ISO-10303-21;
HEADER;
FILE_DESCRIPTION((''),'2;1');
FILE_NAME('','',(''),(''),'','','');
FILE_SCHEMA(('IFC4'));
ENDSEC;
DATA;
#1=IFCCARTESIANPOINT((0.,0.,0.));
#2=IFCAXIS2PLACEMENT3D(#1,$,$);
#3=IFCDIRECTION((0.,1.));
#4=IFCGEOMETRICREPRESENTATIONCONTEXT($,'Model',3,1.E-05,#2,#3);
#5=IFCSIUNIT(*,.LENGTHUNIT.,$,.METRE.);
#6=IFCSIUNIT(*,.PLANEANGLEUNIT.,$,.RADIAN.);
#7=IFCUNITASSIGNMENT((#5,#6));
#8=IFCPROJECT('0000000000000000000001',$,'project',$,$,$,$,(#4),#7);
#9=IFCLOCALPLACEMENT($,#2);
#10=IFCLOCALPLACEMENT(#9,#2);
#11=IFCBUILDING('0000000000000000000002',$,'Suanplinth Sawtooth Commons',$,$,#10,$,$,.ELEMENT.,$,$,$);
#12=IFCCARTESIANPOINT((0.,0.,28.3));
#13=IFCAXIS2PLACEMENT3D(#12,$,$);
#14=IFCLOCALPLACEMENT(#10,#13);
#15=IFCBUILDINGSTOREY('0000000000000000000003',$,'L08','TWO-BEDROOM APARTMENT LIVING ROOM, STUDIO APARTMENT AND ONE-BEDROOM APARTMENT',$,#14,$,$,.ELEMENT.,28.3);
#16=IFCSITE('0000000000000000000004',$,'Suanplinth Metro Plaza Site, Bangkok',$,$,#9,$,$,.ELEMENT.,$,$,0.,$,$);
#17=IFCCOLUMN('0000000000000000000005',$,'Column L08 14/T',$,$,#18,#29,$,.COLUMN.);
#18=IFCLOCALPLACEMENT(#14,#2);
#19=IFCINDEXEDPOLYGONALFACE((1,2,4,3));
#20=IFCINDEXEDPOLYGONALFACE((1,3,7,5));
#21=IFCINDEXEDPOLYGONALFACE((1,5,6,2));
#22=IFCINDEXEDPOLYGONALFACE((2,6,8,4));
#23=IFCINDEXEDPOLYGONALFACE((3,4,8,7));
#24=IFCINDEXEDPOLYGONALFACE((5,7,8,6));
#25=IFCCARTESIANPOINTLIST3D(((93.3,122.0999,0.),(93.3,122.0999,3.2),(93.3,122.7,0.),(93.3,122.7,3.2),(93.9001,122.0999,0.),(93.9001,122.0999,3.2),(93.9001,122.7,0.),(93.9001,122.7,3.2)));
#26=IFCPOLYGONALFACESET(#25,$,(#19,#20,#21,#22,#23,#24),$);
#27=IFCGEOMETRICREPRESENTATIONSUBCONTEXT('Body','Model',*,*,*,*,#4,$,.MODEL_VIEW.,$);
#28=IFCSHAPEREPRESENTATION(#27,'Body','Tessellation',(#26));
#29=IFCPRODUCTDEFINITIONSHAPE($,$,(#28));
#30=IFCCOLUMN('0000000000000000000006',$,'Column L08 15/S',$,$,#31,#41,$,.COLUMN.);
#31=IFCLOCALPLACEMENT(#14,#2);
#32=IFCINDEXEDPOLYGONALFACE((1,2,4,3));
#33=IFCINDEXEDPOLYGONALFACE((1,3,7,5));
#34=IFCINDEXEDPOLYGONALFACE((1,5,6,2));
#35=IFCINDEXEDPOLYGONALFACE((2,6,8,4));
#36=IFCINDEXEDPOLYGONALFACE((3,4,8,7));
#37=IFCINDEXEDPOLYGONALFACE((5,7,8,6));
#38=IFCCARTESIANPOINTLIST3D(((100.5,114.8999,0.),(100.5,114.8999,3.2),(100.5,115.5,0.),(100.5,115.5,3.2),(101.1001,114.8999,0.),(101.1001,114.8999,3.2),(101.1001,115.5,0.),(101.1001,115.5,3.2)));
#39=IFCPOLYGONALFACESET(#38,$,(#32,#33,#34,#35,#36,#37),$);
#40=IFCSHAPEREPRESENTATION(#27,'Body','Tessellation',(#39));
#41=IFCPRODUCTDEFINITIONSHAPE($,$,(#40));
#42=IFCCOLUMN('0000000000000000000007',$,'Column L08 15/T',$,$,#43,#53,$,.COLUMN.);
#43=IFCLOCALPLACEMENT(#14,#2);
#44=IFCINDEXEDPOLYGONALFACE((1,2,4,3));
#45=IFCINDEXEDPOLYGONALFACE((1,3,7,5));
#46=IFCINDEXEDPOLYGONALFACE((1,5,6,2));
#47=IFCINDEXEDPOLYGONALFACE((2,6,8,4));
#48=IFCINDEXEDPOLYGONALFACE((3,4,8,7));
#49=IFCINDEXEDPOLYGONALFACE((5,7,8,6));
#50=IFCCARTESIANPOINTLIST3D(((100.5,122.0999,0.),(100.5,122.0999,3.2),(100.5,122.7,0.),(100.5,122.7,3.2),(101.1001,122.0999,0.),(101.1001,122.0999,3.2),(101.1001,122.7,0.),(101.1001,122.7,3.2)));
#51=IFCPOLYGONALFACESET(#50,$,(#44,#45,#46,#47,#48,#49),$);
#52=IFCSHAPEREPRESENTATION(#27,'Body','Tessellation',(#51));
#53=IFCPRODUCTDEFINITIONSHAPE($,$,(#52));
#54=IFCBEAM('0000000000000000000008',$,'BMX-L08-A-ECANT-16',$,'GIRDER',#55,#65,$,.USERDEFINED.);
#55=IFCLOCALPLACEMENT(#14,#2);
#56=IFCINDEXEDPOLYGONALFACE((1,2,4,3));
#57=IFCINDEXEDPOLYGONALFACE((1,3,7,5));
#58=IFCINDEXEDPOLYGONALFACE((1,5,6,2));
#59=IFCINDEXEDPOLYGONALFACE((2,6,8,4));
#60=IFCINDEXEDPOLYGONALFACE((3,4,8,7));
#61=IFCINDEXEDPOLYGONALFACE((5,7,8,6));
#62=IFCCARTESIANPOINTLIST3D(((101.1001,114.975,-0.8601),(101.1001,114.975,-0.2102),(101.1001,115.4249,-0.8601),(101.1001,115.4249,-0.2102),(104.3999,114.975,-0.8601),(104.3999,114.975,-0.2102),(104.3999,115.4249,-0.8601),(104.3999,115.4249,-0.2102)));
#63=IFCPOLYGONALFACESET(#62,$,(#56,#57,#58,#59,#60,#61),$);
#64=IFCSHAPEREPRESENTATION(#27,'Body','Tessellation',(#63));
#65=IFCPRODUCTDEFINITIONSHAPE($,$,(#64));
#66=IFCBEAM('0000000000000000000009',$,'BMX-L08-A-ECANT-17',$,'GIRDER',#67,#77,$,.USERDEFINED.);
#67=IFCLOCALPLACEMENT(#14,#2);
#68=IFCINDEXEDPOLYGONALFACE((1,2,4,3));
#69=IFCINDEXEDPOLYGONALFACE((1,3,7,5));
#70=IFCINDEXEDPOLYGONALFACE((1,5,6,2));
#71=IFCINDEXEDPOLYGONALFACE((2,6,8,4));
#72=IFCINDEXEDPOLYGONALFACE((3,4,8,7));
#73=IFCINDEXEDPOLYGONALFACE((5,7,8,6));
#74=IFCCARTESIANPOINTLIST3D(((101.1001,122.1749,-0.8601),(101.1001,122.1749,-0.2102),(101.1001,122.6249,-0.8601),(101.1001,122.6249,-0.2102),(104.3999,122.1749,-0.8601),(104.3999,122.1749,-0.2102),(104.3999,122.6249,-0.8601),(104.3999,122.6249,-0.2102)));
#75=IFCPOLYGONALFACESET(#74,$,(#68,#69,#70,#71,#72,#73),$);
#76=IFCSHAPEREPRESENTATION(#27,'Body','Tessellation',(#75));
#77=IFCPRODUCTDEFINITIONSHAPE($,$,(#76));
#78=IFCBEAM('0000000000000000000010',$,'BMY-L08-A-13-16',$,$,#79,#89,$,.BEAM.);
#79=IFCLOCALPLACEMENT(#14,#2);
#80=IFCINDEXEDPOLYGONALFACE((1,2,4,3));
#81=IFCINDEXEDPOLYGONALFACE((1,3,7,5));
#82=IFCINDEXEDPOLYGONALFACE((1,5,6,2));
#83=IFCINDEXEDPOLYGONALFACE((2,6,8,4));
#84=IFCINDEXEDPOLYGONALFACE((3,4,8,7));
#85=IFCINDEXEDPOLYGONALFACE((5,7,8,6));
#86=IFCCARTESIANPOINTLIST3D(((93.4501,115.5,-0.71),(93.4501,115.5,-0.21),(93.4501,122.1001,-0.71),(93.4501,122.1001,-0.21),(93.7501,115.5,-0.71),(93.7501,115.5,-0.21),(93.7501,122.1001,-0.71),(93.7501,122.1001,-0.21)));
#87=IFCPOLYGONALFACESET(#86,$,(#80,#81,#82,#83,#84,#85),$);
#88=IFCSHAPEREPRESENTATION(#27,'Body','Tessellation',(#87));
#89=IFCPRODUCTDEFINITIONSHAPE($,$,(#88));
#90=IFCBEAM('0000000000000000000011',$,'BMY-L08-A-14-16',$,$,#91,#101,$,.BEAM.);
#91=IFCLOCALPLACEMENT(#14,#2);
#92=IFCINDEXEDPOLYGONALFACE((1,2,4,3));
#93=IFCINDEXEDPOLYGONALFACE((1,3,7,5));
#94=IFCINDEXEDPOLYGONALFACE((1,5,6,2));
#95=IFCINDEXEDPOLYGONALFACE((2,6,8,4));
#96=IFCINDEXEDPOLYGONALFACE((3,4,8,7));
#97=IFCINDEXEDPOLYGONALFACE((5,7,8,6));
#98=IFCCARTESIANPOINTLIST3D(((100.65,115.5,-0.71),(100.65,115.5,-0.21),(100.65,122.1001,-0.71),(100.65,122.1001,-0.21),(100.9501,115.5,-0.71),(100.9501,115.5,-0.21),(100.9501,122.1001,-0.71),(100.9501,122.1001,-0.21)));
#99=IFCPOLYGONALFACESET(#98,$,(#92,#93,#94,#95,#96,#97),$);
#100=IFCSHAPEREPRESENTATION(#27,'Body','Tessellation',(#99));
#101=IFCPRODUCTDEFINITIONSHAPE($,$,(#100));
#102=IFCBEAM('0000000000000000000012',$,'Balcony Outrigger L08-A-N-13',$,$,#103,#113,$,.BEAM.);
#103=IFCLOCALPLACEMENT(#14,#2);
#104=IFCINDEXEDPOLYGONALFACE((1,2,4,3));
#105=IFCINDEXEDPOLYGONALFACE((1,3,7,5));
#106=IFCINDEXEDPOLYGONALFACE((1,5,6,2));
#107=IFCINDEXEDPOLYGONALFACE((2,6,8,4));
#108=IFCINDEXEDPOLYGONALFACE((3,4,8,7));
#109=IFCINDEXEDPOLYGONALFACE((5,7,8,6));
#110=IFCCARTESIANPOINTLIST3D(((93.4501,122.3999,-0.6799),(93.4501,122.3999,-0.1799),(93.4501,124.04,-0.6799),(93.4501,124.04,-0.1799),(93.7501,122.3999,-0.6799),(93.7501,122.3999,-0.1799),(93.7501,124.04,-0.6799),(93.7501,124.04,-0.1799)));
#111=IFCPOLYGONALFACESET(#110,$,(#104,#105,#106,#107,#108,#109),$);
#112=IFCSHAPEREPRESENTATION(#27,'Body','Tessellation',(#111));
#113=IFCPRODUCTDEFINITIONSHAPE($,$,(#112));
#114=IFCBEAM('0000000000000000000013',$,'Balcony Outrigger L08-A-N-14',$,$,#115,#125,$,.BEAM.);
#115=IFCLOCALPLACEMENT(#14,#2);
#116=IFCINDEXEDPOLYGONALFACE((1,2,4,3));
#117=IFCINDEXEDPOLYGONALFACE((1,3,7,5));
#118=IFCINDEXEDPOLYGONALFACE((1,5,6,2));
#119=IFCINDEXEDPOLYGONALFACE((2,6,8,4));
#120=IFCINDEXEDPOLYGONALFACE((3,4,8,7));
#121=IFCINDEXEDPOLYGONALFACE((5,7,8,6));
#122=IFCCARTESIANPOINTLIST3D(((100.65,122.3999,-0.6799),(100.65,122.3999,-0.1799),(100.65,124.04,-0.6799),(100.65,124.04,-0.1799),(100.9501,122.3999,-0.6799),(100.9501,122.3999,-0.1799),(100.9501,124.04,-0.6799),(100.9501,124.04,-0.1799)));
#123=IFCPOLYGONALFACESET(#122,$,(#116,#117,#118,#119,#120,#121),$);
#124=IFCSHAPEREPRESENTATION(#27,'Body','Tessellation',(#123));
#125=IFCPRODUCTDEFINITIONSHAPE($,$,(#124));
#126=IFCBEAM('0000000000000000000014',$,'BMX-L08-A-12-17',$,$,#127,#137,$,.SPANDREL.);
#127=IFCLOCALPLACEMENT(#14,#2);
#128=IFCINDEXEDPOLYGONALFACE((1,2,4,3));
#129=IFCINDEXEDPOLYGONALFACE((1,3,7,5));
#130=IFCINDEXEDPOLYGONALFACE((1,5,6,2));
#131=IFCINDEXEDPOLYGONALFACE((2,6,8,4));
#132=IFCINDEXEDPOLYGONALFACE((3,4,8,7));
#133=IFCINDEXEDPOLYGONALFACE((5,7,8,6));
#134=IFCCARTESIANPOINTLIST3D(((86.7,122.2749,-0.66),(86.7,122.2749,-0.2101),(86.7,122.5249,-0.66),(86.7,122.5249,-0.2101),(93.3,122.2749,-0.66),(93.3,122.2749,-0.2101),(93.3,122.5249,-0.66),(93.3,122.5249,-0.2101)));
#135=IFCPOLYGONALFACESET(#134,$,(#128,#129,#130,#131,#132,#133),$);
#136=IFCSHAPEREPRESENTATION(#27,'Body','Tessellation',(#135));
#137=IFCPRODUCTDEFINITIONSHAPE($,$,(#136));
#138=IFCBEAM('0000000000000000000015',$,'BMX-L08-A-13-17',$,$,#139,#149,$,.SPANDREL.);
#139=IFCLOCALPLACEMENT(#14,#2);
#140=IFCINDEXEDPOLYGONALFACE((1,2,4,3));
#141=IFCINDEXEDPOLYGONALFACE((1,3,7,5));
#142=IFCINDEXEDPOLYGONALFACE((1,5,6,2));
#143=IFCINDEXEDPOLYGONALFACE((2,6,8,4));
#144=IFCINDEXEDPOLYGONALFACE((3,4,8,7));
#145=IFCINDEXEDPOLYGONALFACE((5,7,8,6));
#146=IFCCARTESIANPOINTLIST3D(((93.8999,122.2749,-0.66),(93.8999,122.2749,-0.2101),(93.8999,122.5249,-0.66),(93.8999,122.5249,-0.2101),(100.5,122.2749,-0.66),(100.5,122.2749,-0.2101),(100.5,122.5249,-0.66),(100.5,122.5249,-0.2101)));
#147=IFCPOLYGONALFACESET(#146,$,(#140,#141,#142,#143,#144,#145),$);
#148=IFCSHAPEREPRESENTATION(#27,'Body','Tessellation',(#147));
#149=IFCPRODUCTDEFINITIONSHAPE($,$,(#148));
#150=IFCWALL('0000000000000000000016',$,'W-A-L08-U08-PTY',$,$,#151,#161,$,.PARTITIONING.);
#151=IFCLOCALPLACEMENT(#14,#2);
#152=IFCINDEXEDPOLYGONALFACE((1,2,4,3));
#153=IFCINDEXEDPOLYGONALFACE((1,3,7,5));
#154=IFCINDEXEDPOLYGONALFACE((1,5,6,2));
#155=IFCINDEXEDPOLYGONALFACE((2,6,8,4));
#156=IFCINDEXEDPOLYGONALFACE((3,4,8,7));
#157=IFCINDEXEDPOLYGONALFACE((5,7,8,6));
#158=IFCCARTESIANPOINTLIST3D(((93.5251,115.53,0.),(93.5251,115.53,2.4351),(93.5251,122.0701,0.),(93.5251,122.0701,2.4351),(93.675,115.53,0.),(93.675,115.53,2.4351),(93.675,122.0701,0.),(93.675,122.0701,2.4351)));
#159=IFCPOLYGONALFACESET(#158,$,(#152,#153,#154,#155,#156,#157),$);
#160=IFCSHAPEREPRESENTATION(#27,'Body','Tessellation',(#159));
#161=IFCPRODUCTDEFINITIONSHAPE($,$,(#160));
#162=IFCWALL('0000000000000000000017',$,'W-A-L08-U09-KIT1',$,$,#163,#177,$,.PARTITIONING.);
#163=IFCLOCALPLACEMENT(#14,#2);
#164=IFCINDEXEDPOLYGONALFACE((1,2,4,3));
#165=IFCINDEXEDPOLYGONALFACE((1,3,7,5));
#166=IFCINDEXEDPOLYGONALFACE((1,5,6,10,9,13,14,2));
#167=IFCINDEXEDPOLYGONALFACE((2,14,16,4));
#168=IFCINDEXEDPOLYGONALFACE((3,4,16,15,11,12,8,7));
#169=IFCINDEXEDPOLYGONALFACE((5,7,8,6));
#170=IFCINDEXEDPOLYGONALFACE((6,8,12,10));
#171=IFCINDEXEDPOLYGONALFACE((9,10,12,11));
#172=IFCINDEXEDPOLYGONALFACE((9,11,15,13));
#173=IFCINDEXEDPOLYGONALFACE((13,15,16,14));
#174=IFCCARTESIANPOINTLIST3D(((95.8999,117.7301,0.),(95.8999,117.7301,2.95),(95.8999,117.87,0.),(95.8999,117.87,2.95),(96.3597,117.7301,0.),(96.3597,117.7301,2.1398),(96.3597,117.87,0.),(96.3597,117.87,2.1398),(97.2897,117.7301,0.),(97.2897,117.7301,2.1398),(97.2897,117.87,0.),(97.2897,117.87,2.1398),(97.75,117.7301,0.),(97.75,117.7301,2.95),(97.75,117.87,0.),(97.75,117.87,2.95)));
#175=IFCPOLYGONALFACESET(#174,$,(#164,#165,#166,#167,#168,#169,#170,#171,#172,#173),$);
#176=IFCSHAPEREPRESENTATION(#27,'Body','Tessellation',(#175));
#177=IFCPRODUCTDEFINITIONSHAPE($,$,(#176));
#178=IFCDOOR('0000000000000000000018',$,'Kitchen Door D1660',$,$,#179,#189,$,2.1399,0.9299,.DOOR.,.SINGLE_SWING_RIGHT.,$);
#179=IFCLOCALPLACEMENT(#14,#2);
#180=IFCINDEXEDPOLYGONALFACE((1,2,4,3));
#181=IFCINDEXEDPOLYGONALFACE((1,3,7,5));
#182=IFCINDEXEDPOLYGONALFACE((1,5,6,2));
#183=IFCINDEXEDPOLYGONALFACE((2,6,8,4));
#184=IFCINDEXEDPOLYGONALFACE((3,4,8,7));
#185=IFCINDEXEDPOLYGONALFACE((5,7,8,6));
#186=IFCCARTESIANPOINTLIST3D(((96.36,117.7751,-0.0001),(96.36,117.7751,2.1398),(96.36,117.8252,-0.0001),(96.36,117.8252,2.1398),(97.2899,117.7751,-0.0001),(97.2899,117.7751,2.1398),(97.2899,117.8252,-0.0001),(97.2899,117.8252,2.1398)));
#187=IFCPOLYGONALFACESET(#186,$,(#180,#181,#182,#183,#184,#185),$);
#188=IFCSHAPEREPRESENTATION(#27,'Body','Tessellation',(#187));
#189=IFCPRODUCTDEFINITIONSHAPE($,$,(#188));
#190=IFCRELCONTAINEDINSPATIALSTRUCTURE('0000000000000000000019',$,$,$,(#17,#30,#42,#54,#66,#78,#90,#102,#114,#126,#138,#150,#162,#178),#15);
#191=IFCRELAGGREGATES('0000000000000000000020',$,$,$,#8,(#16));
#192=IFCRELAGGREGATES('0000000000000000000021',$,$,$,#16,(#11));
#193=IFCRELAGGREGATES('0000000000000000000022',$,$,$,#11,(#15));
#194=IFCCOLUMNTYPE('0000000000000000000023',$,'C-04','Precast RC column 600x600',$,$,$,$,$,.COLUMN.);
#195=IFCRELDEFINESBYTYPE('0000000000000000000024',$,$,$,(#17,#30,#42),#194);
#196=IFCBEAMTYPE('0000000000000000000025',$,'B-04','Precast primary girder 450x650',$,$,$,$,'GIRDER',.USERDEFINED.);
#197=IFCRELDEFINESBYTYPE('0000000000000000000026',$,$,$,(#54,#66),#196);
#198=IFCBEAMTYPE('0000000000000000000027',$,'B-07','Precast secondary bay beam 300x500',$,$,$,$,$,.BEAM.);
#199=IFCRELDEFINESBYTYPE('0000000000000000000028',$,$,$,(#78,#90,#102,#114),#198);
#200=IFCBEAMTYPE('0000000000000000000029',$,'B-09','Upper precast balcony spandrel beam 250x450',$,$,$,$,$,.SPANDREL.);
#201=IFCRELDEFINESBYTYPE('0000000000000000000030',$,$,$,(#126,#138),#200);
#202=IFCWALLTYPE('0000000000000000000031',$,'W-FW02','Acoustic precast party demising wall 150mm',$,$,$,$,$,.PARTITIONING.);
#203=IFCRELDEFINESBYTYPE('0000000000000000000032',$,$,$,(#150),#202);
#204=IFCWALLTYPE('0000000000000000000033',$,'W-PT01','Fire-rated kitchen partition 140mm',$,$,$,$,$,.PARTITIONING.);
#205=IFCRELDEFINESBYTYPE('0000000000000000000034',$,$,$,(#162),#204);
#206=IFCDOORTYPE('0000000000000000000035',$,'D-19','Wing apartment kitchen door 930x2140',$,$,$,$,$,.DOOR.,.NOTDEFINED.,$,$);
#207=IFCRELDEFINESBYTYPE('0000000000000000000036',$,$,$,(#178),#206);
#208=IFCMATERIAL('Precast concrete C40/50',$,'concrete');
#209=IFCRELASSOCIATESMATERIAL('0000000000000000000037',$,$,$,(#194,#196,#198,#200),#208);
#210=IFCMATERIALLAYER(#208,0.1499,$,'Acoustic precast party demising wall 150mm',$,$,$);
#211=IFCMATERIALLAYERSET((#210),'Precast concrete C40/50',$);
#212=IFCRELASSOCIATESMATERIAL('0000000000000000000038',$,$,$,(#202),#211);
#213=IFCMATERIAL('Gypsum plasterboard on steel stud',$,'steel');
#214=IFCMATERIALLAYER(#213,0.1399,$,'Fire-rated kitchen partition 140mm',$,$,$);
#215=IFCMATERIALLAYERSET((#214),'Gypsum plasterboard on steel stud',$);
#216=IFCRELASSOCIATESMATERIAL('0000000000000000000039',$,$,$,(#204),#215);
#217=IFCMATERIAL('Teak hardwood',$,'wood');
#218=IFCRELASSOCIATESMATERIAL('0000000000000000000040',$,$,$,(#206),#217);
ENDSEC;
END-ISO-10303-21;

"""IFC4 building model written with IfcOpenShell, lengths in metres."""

from ifc_helpers import new_model, si_unit, direction, frame, frame_2d, origin, origin_2d, place, context, subcontext, project, spatial, rectangle, extrude, material, layer, layer_set, material_profile, profile_set, type_object, element, fill, save


model = new_model("IFC4")

# Units and contexts
model_context = context("Model", 3, precision=1e-05, world=origin(), true_north=direction((0.0, 1.0)))
body_context = subcontext(model_context, "Body", "Model", "MODEL_VIEW")
ifc_project = project(units=[si_unit("LENGTHUNIT", "METRE"), si_unit("PLANEANGLEUNIT", "RADIAN")], contexts=[model_context])

# Site, building, storey
site_placement = place(None, origin())
site = spatial("IfcSite", under=ifc_project, at=site_placement, Name="Suanplinth Metro Plaza Site, Bangkok", CompositionType="ELEMENT", RefElevation=0.0)
building_placement = place(site_placement, origin())
building = spatial("IfcBuilding", under=site, at=building_placement, Name="Suanplinth Sawtooth Commons", CompositionType="ELEMENT")
storey_placement = place(building_placement, frame((0.0, 0.0, 28.3)))
storey = spatial("IfcBuildingStorey", under=building, at=storey_placement, Name="L08", Description="TWO-BEDROOM APARTMENT LIVING ROOM, STUDIO APARTMENT AND ONE-BEDROOM APARTMENT", CompositionType="ELEMENT", Elevation=28.3)

# Columns
ifc_material_1 = material(Name="Precast concrete C40/50", Category="concrete")
ifc_material_profile_1 = material_profile(ifc_material_1, rectangle(XDim=0.6001, YDim=0.6001, at=origin_2d()), Name="PC-COL 600x600")
ifc_profile_set_1 = profile_set([ifc_material_profile_1], Name="Precast concrete C40/50")
column_type = type_object("IfcColumnType", Name="C-04", Description="Precast RC column 600x600", PredefinedType="COLUMN", material=ifc_profile_set_1)
for number, where, z_axis, x_axis, name in (
    (1, (93.6001, 122.3999, 0.0), (0.0, 0.0, 1.0), (1.0, 0.0, 0.0), "Column L08 14/T"),
    (2, (100.8, 115.2, 0.0), (0.0, 0.0, 1.0), (1.0, 0.0, 0.0), "Column L08 15/S"),
    (3, (100.8, 122.3999, 0.0), (0.0, 0.0, 1.0), (1.0, 0.0, 0.0), "Column L08 15/T"),
):
    element("IfcColumn", number, at=place(storey_placement, frame(where, z_axis=z_axis, x_axis=x_axis)), inside=storey, type_object=column_type, Name=name, PredefinedType="COLUMN", context=body_context, shape_type="SweptSolid", body=[
        extrude(rectangle(XDim=0.6001, YDim=0.6001, at=origin_2d()), origin(), (0.0, 0.0, 1.0), 3.2),
    ])

# Beams
ifc_material_profile_2 = material_profile(ifc_material_1, rectangle(XDim=0.45, YDim=0.6499, at=origin_2d()), Name="PC-GDR 450x650")
ifc_profile_set_2 = profile_set([ifc_material_profile_2], Name="Precast concrete C40/50")
beam_type_1 = type_object("IfcBeamType", Name="B-04", Description="Precast primary girder 450x650", ElementType="GIRDER", PredefinedType="USERDEFINED", material=ifc_profile_set_2)
for number, where, z_axis, x_axis, name in (
    (4, (101.1001, 115.2, -0.5352), (1.0, 0.0, 0.0), (0.0, 1.0, 0.0), "BMX-L08-A-ECANT-16"),
    (5, (101.1001, 122.3999, -0.5352), (1.0, 0.0, 0.0), (0.0, 1.0, 0.0), "BMX-L08-A-ECANT-17"),
):
    element("IfcBeam", number, at=place(storey_placement, frame(where, z_axis=z_axis, x_axis=x_axis)), inside=storey, type_object=beam_type_1, Name=name, ObjectType="GIRDER", PredefinedType="USERDEFINED", context=body_context, shape_type="SweptSolid", body=[
        extrude(rectangle(XDim=0.45, YDim=0.6499, at=origin_2d()), origin(), (0.0, 0.0, 1.0), 3.2998),
    ])
ifc_material_profile_3 = material_profile(ifc_material_1, rectangle(XDim=0.3, YDim=0.5, at=origin_2d()), Name="PC-BM 300x500")
ifc_profile_set_3 = profile_set([ifc_material_profile_3], Name="Precast concrete C40/50")
beam_type_2 = type_object("IfcBeamType", Name="B-07", Description="Precast secondary bay beam 300x500", PredefinedType="BEAM", material=ifc_profile_set_3)
for number, where, z_axis, x_axis, name in (
    (6, (93.6001, 115.5, -0.46), (0.0, 1.0, 0.0), (-1.0, 0.0, 0.0), "BMY-L08-A-13-16"),
    (7, (100.8, 115.5, -0.46), (0.0, 1.0, 0.0), (-1.0, 0.0, 0.0), "BMY-L08-A-14-16"),
):
    element("IfcBeam", number, at=place(storey_placement, frame(where, z_axis=z_axis, x_axis=x_axis)), inside=storey, type_object=beam_type_2, Name=name, PredefinedType="BEAM", context=body_context, shape_type="SweptSolid", body=[
        extrude(rectangle(XDim=0.3, YDim=0.5, at=origin_2d()), origin(), (0.0, 0.0, 1.0), 6.6001),
    ])
for number, where, z_axis, x_axis, name in (
    (8, (93.6001, 122.3999, -0.4299), (0.0, 1.0, 0.0), (-1.0, 0.0, 0.0), "Balcony Outrigger L08-A-N-13"),
    (9, (100.8, 122.3999, -0.4299), (0.0, 1.0, 0.0), (-1.0, 0.0, 0.0), "Balcony Outrigger L08-A-N-14"),
):
    element("IfcBeam", number, at=place(storey_placement, frame(where, z_axis=z_axis, x_axis=x_axis)), inside=storey, type_object=beam_type_2, Name=name, PredefinedType="BEAM", context=body_context, shape_type="SweptSolid", body=[
        extrude(rectangle(XDim=0.3, YDim=0.5, at=origin_2d()), origin(), (0.0, 0.0, 1.0), 1.6401),
    ])
ifc_material_profile_4 = material_profile(ifc_material_1, rectangle(XDim=0.25, YDim=0.45, at=origin_2d()), Name="PC-SP 250x450")
ifc_profile_set_4 = profile_set([ifc_material_profile_4], Name="Precast concrete C40/50")
beam_type_3 = type_object("IfcBeamType", Name="B-09", Description="Upper precast balcony spandrel beam 250x450", PredefinedType="SPANDREL", material=ifc_profile_set_4)
for number, where, z_axis, x_axis, name in (
    (10, (86.7, 122.3999, -0.4351), (1.0, 0.0, 0.0), (0.0, 1.0, 0.0), "BMX-L08-A-12-17"),
    (11, (93.8999, 122.3999, -0.4351), (1.0, 0.0, 0.0), (0.0, 1.0, 0.0), "BMX-L08-A-13-17"),
):
    element("IfcBeam", number, at=place(storey_placement, frame(where, z_axis=z_axis, x_axis=x_axis)), inside=storey, type_object=beam_type_3, Name=name, PredefinedType="SPANDREL", context=body_context, shape_type="SweptSolid", body=[
        extrude(rectangle(XDim=0.25, YDim=0.45, at=origin_2d()), origin(), (0.0, 0.0, 1.0), 6.6001),
    ])

# Wall
ifc_layer_1 = layer(ifc_material_1, 0.1499, Name="Acoustic precast party demising wall 150mm")
ifc_layer_set_1 = layer_set([ifc_layer_1], Name="Precast concrete C40/50")
wall_type_1 = type_object("IfcWallType", Name="W-FW02", Description="Acoustic precast party demising wall 150mm", PredefinedType="PARTITIONING", material=ifc_layer_set_1)
wall_1_placement = place(storey_placement, frame((93.6001, 115.53, 0.0), z_axis=(0.0, 0.0, 1.0), x_axis=(0.0, 1.0, 0.0)))
element("IfcWall", 12, at=wall_1_placement, inside=storey, type_object=wall_type_1, Name="W-A-L08-U08-PTY", PredefinedType="PARTITIONING", context=body_context, shape_type="SweptSolid", body=[
    extrude(rectangle(XDim=6.54, YDim=0.1499, at=frame_2d((3.27, 0.0))), origin(), (0.0, 0.0, 1.0), 2.4351),
])

# Wall, opening, door
ifc_material_2 = material(Name="Gypsum plasterboard on steel stud", Category="steel")
ifc_layer_2 = layer(ifc_material_2, 0.1399, Name="Fire-rated kitchen partition 140mm")
ifc_layer_set_2 = layer_set([ifc_layer_2], Name="Gypsum plasterboard on steel stud")
wall_type_2 = type_object("IfcWallType", Name="W-PT01", Description="Fire-rated kitchen partition 140mm", PredefinedType="PARTITIONING", material=ifc_layer_set_2)
wall_2_placement = place(storey_placement, frame((95.8999, 117.8, 0.0), z_axis=(0.0, 0.0, 1.0), x_axis=(1.0, 0.0, 0.0)))
wall_2 = element("IfcWall", 13, at=wall_2_placement, inside=storey, type_object=wall_type_2, Name="W-A-L08-U09-KIT1", PredefinedType="PARTITIONING", context=body_context, shape_type="SweptSolid", body=[
    extrude(rectangle(XDim=1.8501, YDim=0.1399, at=frame_2d((0.925, 0.0))), origin(), (0.0, 0.0, 1.0), 2.95),
])
opening_1_placement = place(wall_2_placement, frame((0.46, 0.0, 0.0)))
opening_1 = element("IfcOpeningElement", 14, at=opening_1_placement, cuts=wall_2, PredefinedType="OPENING", context=body_context, shape_type="SweptSolid", body=[
    extrude(rectangle(XDim=0.9299, YDim=2.1399, at=frame_2d((0.4648, 1.0698))), frame((0.0, 0.085, 0.0), z_axis=(0.0, -1.0, 0.0), x_axis=(1.0, 0.0, 0.0)), (0.0, 0.0, 1.0), 0.1697),
])
ifc_material_3 = material(Name="Teak hardwood", Category="wood")
door_type_1 = type_object("IfcDoorType", Name="D-19", Description="Wing apartment kitchen door 930x2140", OperationType="NOTDEFINED", PredefinedType="DOOR", material=ifc_material_3)
door_1_placement = place(opening_1_placement, frame((0.9299, 0.0, 0.0), z_axis=(0.0, 0.0, 1.0), x_axis=(-1.0, 0.0, 0.0)))
door_1 = element("IfcDoor", 15, at=door_1_placement, inside=storey, type_object=door_type_1, Name="Kitchen Door D1660", OperationType="SINGLE_SWING_RIGHT", OverallHeight=2.1399, OverallWidth=0.9299, PredefinedType="DOOR", context=body_context, shape_type="SweptSolid", body=[
    extrude(rectangle(XDim=0.9299, YDim=2.1399, at=frame_2d((0.4648, 1.0698))), frame((0.0, 0.0249, 0.0), z_axis=(0.0, -1.0, 0.0), x_axis=(1.0, 0.0, 0.0)), (0.0, 0.0, 1.0), 0.05),
])
fill(opening_1, door_1)

save(model, "model.ifc")
